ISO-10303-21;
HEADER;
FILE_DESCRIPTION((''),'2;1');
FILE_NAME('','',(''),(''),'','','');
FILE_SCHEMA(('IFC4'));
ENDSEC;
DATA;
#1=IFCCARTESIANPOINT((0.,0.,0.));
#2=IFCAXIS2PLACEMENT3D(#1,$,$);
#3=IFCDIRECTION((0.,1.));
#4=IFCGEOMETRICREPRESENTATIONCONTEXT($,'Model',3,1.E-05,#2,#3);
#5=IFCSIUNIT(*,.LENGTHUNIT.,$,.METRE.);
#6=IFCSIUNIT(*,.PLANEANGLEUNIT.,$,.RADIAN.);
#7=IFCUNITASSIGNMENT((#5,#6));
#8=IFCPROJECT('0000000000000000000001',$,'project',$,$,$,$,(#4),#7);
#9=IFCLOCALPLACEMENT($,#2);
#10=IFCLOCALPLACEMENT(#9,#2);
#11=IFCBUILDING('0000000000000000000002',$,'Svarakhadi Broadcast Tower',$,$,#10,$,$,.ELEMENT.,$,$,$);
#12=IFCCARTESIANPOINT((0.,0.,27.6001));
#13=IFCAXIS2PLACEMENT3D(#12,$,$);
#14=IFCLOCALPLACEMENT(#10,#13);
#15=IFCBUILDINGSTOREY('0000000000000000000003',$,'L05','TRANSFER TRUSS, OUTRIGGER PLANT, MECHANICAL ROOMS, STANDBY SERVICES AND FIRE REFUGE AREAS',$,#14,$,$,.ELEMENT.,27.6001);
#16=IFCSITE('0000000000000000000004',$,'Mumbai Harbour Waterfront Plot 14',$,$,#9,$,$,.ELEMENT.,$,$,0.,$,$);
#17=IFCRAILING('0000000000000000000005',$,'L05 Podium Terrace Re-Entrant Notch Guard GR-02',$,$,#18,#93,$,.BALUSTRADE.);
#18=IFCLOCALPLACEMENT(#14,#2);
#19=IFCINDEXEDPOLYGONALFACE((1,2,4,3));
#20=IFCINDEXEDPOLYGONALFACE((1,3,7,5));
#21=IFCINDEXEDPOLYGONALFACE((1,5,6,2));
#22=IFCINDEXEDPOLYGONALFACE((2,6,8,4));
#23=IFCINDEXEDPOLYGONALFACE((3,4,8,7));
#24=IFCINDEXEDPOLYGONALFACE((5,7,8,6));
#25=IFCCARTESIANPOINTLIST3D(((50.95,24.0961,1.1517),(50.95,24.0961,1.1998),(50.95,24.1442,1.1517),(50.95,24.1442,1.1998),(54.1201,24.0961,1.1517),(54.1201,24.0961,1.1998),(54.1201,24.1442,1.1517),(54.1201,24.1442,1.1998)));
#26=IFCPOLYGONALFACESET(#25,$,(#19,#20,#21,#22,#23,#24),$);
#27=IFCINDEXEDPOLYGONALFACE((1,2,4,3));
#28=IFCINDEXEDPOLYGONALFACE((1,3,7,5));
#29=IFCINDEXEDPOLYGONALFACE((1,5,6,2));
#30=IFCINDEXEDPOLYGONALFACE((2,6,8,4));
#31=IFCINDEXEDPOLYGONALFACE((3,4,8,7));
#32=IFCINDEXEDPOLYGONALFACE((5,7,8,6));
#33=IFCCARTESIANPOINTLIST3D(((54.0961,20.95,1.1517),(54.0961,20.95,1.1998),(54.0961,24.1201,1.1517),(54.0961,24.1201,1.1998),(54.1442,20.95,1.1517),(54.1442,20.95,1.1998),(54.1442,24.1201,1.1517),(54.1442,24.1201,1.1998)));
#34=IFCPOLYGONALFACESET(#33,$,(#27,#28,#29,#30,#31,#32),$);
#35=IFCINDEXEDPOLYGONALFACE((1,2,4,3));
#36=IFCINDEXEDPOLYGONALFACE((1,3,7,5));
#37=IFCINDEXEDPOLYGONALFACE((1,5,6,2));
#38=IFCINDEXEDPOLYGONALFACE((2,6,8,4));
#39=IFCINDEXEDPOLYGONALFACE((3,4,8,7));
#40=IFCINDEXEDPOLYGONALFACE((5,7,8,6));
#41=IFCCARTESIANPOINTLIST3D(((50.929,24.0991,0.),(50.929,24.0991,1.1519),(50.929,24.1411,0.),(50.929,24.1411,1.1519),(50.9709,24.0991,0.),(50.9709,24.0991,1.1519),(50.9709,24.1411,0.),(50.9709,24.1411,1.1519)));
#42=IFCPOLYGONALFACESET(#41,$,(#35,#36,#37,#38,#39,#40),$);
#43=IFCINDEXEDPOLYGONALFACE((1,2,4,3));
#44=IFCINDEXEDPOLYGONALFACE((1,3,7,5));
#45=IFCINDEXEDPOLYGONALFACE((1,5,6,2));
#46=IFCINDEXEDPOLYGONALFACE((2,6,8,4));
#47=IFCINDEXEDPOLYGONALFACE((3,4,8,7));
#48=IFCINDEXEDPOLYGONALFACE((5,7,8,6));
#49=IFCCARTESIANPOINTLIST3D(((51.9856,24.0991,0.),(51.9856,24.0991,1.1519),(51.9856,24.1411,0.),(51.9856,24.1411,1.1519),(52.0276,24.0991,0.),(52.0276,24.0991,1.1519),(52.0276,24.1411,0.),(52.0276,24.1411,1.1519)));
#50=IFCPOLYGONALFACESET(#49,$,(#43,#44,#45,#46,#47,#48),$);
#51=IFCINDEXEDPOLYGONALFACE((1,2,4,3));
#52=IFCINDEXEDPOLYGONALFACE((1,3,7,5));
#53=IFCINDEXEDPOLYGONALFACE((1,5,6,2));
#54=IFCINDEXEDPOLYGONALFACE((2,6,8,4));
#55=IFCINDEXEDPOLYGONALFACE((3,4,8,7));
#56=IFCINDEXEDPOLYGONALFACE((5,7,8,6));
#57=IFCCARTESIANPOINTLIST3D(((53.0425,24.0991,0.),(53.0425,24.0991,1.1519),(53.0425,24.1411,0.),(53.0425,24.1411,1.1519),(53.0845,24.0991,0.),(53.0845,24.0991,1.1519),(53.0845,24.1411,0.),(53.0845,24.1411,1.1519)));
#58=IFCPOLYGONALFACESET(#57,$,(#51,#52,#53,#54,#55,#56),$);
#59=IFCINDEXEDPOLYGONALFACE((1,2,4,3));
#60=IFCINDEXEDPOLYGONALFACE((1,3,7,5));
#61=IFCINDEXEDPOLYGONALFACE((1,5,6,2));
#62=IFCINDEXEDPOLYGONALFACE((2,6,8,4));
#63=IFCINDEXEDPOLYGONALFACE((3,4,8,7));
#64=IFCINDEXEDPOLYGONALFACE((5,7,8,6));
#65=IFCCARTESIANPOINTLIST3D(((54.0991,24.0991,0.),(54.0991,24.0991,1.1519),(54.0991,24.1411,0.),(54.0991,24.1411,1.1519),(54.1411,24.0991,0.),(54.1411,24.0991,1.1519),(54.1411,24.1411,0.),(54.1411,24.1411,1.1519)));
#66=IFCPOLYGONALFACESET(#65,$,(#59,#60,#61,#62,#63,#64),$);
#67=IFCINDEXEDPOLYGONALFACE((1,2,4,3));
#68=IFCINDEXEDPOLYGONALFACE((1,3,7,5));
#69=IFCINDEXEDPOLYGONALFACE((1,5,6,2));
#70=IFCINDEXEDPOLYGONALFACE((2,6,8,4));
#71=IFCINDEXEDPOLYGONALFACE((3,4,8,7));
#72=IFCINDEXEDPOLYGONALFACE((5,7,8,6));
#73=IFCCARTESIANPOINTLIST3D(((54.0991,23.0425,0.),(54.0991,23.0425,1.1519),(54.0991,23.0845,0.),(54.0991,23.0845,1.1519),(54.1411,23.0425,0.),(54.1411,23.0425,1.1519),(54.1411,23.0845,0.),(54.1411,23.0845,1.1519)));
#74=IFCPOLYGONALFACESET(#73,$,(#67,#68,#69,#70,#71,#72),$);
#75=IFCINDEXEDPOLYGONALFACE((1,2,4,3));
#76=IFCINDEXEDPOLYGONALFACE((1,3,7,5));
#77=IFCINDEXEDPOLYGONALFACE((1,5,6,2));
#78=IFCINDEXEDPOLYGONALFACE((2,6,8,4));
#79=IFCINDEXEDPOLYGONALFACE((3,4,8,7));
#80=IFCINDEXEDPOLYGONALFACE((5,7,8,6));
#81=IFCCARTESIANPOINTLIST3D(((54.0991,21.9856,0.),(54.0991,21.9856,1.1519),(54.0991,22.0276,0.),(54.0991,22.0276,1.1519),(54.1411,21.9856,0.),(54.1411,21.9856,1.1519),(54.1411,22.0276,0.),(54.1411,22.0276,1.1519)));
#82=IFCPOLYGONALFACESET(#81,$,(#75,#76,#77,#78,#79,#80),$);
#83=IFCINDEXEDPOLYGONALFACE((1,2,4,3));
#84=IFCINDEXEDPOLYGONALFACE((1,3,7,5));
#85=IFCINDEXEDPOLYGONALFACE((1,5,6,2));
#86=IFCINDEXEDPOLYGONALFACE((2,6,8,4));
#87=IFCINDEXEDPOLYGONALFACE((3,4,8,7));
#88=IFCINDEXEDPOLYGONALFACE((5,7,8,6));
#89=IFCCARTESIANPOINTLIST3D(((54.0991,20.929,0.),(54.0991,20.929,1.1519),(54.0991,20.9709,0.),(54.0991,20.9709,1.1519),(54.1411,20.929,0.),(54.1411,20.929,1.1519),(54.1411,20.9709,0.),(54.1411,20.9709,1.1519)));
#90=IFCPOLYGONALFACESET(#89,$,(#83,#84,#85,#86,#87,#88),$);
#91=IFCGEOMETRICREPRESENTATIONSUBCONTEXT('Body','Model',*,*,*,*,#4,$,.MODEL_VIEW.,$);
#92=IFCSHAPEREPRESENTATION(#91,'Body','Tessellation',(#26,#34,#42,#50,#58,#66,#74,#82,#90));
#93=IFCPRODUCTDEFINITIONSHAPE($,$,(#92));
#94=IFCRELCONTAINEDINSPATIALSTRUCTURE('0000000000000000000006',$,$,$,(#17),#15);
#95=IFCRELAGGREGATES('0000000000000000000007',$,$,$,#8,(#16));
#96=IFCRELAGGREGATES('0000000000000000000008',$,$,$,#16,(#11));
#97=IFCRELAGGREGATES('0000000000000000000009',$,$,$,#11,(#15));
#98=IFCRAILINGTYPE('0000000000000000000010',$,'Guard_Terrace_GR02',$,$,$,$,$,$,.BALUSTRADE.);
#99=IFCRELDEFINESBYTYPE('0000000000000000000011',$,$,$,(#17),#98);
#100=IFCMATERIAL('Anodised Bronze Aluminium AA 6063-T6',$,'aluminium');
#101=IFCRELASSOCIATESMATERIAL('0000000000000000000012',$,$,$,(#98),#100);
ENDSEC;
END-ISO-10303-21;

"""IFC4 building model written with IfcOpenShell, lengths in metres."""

from ifc_helpers import new_model, si_unit, direction, frame, origin, origin_2d, place, context, subcontext, project, spatial, rectangle, extrude, material, type_object, element, save


model = new_model("IFC4")

# Units and contexts
model_context = context("Model", 3, precision=1e-05, world=origin(), true_north=direction((0.0, 1.0)))
body_context = subcontext(model_context, "Body", "Model", "MODEL_VIEW")
ifc_project = project(units=[si_unit("LENGTHUNIT", "METRE"), si_unit("PLANEANGLEUNIT", "RADIAN")], contexts=[model_context])

# Site, building, storey
site_placement = place(None, origin())
site = spatial("IfcSite", under=ifc_project, at=site_placement, Name="Mumbai Harbour Waterfront Plot 14", CompositionType="ELEMENT", RefElevation=0.0)
building_placement = place(site_placement, origin())
building = spatial("IfcBuilding", under=site, at=building_placement, Name="Svarakhadi Broadcast Tower", CompositionType="ELEMENT")
storey_placement = place(building_placement, frame((0.0, 0.0, 27.6001)))
storey = spatial("IfcBuildingStorey", under=building, at=storey_placement, Name="L05", Description="TRANSFER TRUSS, OUTRIGGER PLANT, MECHANICAL ROOMS, STANDBY SERVICES AND FIRE REFUGE AREAS", CompositionType="ELEMENT", Elevation=27.6001)

# Shared definitions
ifc_material_1 = material(Name="Anodised Bronze Aluminium AA 6063-T6", Category="aluminium")

# Railing
railing_type_1 = type_object("IfcRailingType", Name="Guard_Terrace_GR02", PredefinedType="BALUSTRADE", material=ifc_material_1)
railing_1_placement = place(storey_placement, frame((50.95, 24.1201, 0.0)))
element("IfcRailing", 1, at=railing_1_placement, inside=storey, type_object=railing_type_1, Name="L05 Podium Terrace Re-Entrant Notch Guard GR-02", PredefinedType="BALUSTRADE", context=body_context, shape_type="SweptSolid", body=[
    extrude(rectangle(XDim=0.0481, YDim=0.0481, at=origin_2d()), frame((0.0, 0.0, 1.1758), z_axis=(1.0, 0.0, 0.0), x_axis=(0.0, 1.0, 0.0)), (0.0, 0.0, 1.0), 3.1702),
    extrude(rectangle(XDim=0.0481, YDim=0.0481, at=origin_2d()), frame((3.1702, 0.0, 1.1758), z_axis=(0.0, -1.0, 0.0), x_axis=(1.0, 0.0, 0.0)), (0.0, 0.0, 1.0), 3.1702),
    extrude(rectangle(XDim=0.042, YDim=0.042, at=origin_2d()), origin(), (0.0, 0.0, 1.0), 1.1519),
    extrude(rectangle(XDim=0.042, YDim=0.042, at=origin_2d()), frame((1.0566, 0.0, 0.0)), (0.0, 0.0, 1.0), 1.1519),
    extrude(rectangle(XDim=0.042, YDim=0.042, at=origin_2d()), frame((2.1135, 0.0, 0.0)), (0.0, 0.0, 1.0), 1.1519),
    extrude(rectangle(XDim=0.042, YDim=0.042, at=origin_2d()), frame((3.1702, 0.0, 0.0)), (0.0, 0.0, 1.0), 1.1519),
    extrude(rectangle(XDim=0.042, YDim=0.042, at=origin_2d()), frame((3.1702, -1.0566, 0.0)), (0.0, 0.0, 1.0), 1.1519),
    extrude(rectangle(XDim=0.042, YDim=0.042, at=origin_2d()), frame((3.1702, -2.1135, 0.0)), (0.0, 0.0, 1.0), 1.1519),
    extrude(rectangle(XDim=0.042, YDim=0.042, at=origin_2d()), frame((3.1702, -3.1702, 0.0)), (0.0, 0.0, 1.0), 1.1519),
])

save(model, "model.ifc")
